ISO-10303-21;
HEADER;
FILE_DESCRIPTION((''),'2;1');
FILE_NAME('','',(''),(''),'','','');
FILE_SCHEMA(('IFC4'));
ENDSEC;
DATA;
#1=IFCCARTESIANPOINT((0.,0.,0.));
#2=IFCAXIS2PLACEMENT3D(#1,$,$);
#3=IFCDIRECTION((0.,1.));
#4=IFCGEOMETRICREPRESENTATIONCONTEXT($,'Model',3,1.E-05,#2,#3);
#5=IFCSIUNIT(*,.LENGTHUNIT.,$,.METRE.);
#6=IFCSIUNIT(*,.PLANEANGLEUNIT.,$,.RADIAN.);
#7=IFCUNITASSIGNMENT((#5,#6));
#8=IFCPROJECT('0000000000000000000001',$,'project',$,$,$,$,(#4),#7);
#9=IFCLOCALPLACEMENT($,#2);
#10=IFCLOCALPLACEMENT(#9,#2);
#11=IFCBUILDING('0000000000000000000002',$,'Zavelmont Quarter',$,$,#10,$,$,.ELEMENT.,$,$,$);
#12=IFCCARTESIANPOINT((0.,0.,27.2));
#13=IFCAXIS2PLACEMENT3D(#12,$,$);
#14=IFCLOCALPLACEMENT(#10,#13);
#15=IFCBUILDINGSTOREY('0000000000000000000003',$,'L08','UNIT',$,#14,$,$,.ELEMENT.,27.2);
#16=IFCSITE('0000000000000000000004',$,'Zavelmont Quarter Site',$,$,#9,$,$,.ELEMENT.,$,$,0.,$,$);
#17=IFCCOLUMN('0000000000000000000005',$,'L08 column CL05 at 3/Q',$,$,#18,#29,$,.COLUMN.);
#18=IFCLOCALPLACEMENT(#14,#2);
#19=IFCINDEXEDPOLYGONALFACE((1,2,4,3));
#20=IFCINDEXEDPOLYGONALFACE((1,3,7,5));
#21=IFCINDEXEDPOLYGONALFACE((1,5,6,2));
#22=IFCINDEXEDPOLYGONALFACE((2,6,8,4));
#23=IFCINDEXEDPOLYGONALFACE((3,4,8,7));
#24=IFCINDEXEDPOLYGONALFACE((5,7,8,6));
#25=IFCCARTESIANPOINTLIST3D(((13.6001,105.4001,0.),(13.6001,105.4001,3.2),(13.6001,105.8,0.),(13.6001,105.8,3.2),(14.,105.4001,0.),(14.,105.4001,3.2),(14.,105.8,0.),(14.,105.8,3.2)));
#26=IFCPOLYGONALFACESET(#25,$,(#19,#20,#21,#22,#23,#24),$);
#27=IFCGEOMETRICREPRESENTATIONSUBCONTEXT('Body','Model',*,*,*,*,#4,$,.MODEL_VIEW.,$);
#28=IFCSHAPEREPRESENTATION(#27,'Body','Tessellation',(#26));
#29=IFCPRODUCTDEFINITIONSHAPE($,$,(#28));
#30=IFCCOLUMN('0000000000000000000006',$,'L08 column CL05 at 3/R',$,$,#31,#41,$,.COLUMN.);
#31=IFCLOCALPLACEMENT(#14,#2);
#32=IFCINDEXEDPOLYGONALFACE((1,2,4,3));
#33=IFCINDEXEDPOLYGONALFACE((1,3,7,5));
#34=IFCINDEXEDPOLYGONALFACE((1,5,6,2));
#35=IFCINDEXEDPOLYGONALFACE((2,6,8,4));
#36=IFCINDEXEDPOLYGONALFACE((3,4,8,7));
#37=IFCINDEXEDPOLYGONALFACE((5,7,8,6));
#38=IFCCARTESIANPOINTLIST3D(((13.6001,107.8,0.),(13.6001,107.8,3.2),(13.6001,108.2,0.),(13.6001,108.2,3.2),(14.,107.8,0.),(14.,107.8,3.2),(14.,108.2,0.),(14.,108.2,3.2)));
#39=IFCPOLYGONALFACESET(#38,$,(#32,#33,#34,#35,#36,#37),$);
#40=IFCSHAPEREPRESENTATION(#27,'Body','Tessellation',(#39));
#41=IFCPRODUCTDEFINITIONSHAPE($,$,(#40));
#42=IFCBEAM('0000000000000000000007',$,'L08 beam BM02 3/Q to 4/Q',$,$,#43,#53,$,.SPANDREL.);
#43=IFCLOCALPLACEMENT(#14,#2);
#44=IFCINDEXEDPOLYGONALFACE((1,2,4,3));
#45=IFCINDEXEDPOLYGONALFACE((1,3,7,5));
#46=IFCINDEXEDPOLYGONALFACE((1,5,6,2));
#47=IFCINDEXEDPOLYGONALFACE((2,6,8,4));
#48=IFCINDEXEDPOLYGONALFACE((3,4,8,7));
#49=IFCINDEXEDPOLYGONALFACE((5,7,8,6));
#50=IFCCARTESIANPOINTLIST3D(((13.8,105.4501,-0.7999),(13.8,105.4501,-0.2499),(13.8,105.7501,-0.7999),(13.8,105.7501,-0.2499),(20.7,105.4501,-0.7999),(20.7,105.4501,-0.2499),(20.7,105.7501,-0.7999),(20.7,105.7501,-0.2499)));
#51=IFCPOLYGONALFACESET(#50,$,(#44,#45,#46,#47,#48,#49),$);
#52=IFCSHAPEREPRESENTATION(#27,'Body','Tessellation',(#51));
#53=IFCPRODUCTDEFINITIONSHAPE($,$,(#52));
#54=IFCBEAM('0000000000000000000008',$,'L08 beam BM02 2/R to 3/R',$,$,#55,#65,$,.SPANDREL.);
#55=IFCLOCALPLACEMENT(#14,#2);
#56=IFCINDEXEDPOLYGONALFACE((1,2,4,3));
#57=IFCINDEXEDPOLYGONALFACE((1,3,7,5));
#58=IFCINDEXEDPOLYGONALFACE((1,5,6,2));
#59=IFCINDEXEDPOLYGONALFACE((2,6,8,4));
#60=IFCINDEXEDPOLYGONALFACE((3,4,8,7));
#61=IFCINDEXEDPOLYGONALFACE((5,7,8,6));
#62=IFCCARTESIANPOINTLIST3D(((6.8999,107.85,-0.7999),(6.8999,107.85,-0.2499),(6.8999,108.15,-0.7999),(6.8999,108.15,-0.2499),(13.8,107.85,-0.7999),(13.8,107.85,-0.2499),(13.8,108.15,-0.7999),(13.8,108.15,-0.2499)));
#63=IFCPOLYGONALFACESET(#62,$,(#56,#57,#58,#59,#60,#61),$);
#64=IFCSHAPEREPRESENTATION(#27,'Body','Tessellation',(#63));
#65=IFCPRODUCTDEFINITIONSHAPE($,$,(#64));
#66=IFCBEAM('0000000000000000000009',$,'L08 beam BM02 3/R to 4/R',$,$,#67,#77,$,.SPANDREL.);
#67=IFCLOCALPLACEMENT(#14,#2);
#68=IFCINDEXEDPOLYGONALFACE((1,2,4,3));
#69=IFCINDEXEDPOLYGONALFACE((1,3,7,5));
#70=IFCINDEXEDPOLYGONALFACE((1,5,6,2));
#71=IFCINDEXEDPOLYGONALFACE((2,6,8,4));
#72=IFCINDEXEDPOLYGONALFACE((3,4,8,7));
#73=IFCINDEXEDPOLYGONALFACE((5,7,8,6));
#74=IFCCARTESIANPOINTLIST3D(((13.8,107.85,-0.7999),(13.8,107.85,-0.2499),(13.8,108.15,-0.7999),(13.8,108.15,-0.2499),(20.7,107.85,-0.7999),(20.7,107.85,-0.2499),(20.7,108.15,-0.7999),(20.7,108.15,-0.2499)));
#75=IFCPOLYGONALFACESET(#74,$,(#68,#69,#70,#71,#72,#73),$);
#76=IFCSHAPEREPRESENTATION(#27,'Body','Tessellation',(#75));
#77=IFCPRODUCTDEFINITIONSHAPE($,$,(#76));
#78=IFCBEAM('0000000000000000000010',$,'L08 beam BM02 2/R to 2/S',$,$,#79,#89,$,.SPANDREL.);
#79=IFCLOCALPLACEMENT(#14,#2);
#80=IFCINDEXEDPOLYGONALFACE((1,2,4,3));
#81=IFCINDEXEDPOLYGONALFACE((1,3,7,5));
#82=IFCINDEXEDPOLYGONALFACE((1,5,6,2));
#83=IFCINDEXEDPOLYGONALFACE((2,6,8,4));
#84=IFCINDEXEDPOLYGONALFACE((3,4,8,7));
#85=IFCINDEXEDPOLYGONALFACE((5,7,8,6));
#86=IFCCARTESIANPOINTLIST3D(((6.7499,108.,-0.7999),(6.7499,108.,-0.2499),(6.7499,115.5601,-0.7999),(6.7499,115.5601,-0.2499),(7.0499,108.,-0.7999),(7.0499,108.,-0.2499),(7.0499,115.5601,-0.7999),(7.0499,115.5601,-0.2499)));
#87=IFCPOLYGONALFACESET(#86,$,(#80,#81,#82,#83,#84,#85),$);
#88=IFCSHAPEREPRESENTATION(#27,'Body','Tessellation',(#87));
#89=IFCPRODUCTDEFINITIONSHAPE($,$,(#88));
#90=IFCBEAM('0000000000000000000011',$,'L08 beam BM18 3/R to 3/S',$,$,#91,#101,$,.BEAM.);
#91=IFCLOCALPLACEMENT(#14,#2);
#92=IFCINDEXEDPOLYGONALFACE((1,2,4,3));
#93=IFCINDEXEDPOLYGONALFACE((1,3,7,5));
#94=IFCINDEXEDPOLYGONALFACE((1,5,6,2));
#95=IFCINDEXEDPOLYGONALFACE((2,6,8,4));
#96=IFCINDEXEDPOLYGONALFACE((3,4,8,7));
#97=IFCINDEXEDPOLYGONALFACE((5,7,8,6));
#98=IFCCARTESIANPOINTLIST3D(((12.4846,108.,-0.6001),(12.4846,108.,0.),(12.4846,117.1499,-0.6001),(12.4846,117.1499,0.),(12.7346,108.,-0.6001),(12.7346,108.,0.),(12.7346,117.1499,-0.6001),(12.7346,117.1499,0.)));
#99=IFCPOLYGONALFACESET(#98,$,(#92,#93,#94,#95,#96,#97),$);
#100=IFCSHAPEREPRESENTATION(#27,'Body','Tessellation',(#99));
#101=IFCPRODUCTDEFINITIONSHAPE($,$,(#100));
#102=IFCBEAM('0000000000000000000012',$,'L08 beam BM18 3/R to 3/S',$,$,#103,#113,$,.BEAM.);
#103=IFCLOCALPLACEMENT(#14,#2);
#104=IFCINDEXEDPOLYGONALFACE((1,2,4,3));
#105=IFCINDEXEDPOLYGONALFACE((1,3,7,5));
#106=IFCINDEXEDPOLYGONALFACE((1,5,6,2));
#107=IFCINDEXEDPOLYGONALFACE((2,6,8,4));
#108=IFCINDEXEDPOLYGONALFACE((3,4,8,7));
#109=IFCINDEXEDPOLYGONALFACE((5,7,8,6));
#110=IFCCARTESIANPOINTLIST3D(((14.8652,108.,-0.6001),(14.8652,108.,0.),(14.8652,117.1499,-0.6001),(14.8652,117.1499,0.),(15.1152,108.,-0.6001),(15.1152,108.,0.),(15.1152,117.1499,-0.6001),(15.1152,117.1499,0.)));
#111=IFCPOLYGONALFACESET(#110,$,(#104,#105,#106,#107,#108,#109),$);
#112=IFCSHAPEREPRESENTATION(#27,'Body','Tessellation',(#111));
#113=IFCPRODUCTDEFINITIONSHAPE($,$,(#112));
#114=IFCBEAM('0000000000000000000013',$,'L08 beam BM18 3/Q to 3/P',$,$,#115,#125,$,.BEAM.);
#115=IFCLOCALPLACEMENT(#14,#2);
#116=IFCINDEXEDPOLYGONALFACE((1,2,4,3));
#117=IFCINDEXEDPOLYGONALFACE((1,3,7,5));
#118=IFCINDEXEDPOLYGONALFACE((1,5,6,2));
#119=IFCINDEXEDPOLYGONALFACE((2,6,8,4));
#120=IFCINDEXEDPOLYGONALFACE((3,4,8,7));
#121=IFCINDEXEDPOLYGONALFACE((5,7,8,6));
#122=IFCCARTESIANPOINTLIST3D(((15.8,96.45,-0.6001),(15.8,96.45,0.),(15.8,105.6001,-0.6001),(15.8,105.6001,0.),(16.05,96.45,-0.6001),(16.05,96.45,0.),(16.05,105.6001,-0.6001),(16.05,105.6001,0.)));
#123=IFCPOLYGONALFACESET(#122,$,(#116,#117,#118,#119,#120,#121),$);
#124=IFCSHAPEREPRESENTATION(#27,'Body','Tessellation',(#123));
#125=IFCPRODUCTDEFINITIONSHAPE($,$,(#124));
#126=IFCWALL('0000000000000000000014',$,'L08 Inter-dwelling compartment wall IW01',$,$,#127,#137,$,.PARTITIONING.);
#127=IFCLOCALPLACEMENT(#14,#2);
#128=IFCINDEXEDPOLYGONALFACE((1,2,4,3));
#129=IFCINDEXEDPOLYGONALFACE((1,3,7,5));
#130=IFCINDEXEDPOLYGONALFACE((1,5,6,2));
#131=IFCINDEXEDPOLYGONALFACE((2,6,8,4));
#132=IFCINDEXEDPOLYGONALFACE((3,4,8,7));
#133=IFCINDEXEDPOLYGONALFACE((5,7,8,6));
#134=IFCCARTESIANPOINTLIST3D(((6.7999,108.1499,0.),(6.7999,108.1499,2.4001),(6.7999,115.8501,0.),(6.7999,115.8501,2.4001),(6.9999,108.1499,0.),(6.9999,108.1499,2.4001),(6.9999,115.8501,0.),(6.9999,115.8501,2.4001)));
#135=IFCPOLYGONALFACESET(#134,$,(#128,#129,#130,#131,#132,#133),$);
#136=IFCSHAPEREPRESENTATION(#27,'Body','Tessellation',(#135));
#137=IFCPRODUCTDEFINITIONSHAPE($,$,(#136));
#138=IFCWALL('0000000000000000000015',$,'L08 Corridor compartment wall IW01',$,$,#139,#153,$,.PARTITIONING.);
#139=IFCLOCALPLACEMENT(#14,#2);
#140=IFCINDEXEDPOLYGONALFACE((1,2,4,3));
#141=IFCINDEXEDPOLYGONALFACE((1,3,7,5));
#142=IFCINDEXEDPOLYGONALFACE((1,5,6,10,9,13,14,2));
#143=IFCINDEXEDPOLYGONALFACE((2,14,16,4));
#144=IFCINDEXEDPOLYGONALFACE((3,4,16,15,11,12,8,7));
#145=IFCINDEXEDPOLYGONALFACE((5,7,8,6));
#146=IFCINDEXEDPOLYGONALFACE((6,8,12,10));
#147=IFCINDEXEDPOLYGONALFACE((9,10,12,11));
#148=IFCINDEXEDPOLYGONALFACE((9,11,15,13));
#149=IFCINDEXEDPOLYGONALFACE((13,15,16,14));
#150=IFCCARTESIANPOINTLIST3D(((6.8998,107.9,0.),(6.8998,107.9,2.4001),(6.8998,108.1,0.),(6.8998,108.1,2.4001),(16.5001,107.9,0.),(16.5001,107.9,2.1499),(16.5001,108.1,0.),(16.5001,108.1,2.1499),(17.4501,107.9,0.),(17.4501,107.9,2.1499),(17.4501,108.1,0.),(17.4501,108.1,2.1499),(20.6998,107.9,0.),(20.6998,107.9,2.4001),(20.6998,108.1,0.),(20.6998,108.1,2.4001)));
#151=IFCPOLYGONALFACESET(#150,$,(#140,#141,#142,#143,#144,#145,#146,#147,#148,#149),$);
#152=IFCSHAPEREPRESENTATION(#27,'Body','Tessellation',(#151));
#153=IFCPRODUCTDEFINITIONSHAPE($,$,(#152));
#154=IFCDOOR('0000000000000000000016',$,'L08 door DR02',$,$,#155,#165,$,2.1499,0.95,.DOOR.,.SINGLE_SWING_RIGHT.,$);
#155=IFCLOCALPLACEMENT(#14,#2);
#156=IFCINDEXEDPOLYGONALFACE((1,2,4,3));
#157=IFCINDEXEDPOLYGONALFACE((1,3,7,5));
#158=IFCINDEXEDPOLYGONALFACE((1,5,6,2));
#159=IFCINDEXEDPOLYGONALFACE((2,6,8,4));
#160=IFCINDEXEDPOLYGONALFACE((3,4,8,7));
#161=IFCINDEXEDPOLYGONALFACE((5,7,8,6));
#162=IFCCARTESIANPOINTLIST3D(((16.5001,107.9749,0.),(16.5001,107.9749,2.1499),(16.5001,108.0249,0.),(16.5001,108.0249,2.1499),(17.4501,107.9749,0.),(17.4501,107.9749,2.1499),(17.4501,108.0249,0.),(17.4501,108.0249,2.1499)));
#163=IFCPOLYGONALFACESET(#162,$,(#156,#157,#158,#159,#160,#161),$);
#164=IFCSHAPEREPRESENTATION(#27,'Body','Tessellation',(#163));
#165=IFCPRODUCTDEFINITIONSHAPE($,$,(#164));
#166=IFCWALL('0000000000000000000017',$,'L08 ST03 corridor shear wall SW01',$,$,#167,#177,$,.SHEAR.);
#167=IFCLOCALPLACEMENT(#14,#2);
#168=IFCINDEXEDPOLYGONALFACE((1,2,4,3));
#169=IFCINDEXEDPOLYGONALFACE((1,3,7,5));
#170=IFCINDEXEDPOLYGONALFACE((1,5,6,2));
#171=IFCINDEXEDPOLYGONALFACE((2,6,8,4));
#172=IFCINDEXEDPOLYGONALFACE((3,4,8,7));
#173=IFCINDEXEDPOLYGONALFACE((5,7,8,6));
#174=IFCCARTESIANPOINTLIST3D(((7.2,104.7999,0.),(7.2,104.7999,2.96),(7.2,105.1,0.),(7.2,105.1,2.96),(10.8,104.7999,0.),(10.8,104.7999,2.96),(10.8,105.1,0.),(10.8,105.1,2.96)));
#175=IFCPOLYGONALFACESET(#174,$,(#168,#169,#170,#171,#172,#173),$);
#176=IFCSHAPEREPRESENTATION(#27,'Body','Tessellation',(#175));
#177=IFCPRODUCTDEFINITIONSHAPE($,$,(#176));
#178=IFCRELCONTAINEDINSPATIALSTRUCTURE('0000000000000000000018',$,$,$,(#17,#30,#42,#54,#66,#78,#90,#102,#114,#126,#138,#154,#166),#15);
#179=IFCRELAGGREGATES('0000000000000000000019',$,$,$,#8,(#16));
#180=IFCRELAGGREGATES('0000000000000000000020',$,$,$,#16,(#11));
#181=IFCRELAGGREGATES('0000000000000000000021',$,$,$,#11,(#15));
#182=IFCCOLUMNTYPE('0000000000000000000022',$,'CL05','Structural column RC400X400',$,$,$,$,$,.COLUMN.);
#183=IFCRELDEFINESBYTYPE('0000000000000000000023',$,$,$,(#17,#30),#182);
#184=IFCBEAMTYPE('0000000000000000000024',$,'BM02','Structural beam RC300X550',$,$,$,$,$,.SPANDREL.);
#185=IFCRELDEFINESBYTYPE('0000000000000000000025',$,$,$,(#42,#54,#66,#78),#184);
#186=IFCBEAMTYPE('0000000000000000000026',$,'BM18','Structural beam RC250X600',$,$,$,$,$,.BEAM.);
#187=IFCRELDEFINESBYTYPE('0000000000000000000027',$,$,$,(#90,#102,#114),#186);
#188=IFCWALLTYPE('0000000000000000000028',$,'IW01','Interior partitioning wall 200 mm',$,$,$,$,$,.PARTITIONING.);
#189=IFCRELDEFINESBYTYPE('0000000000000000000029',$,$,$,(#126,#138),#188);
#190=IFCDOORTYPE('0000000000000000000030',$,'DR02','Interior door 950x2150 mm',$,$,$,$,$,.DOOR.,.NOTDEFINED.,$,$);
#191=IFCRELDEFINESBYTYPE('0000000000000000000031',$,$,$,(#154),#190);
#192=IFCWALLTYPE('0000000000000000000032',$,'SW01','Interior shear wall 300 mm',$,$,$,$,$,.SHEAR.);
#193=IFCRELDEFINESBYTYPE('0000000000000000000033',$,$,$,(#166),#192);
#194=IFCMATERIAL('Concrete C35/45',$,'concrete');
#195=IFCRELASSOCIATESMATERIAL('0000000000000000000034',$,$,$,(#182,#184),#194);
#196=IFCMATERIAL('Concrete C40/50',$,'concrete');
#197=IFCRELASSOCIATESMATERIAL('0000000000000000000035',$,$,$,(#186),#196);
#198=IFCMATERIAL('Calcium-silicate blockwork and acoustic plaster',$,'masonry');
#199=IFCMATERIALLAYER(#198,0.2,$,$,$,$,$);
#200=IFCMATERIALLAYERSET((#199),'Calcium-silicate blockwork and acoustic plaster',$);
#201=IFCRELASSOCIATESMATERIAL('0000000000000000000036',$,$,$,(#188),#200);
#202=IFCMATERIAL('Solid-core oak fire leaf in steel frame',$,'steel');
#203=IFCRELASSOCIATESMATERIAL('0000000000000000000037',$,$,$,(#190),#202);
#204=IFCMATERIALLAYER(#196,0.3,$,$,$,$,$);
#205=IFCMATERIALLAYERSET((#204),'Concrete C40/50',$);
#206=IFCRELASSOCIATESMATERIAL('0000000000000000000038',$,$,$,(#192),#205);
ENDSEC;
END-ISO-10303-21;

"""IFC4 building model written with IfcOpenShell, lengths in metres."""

from ifc_helpers import new_model, si_unit, direction, frame, frame_2d, origin, origin_with_axes, origin_2d, place, context, subcontext, project, spatial, rectangle, extrude, material, layer, layer_set, material_profile, profile_set, type_object, element, fill, save


model = new_model("IFC4")

# Units and contexts
model_context = context("Model", 3, precision=1e-05, world=origin(), true_north=direction((0.0, 1.0)))
body_context = subcontext(model_context, "Body", "Model", "MODEL_VIEW")
ifc_project = project(units=[si_unit("LENGTHUNIT", "METRE"), si_unit("PLANEANGLEUNIT", "RADIAN")], contexts=[model_context])

# Site, building, storey
site_placement = place(None, origin())
site = spatial("IfcSite", under=ifc_project, at=site_placement, Name="Zavelmont Quarter Site", CompositionType="ELEMENT", RefElevation=0.0)
building_placement = place(site_placement, origin())
building = spatial("IfcBuilding", under=site, at=building_placement, Name="Zavelmont Quarter", CompositionType="ELEMENT")
storey_placement = place(building_placement, frame((0.0, 0.0, 27.2)))
storey = spatial("IfcBuildingStorey", under=building, at=storey_placement, Name="L08", Description="UNIT", CompositionType="ELEMENT", Elevation=27.2)

# Columns
ifc_material_1 = material(Name="Concrete C35/45", Category="concrete")
ifc_material_profile_1 = material_profile(ifc_material_1, rectangle(XDim=0.3999, YDim=0.3999, at=origin_2d()), Name="RC400X400")
ifc_profile_set_1 = profile_set([ifc_material_profile_1], Name="Concrete C35/45")
column_type = type_object("IfcColumnType", Name="CL05", Description="Structural column RC400X400", PredefinedType="COLUMN", material=ifc_profile_set_1)
for number, where, z_axis, x_axis, name in (
    (1, (13.8, 105.6001, 0.0), (0.0, 0.0, 1.0), (1.0, 0.0, 0.0), "L08 column CL05 at 3/Q"),
    (2, (13.8, 108.0, 0.0), (0.0, 0.0, 1.0), (1.0, 0.0, 0.0), "L08 column CL05 at 3/R"),
):
    element("IfcColumn", number, at=place(storey_placement, frame(where, z_axis=z_axis, x_axis=x_axis)), inside=storey, type_object=column_type, Name=name, PredefinedType="COLUMN", context=body_context, shape_type="SweptSolid", body=[
        extrude(rectangle(XDim=0.3999, YDim=0.3999, at=origin_2d()), origin(), (0.0, 0.0, 1.0), 3.2),
    ])

# Beams
ifc_material_profile_2 = material_profile(ifc_material_1, rectangle(XDim=0.3, YDim=0.55, at=origin_2d()), Name="RC300X550")
ifc_profile_set_2 = profile_set([ifc_material_profile_2], Name="Concrete C35/45")
beam_type_1 = type_object("IfcBeamType", Name="BM02", Description="Structural beam RC300X550", PredefinedType="SPANDREL", material=ifc_profile_set_2)
beam_1_placement = place(storey_placement, frame((13.8, 105.6001, -0.5249), z_axis=(1.0, 0.0, 0.0), x_axis=(0.0, 1.0, 0.0)))
element("IfcBeam", 3, at=beam_1_placement, inside=storey, type_object=beam_type_1, Name="L08 beam BM02 3/Q to 4/Q", PredefinedType="SPANDREL", context=body_context, shape_type="SweptSolid", body=[
    extrude(rectangle(XDim=0.3, YDim=0.55, at=origin_2d()), origin(), (0.0, 0.0, 1.0), 6.8999),
])
beam_2_placement = place(storey_placement, frame((6.8999, 108.0, -0.5249), z_axis=(1.0, 0.0, 0.0), x_axis=(0.0, 1.0, 0.0)))
element("IfcBeam", 4, at=beam_2_placement, inside=storey, type_object=beam_type_1, Name="L08 beam BM02 2/R to 3/R", PredefinedType="SPANDREL", context=body_context, shape_type="SweptSolid", body=[
    extrude(rectangle(XDim=0.3, YDim=0.55, at=origin_2d()), origin(), (0.0, 0.0, 1.0), 6.9001),
])
beam_3_placement = place(storey_placement, frame((13.8, 108.0, -0.5249), z_axis=(1.0, 0.0, 0.0), x_axis=(0.0, 1.0, 0.0)))
element("IfcBeam", 5, at=beam_3_placement, inside=storey, type_object=beam_type_1, Name="L08 beam BM02 3/R to 4/R", PredefinedType="SPANDREL", context=body_context, shape_type="SweptSolid", body=[
    extrude(rectangle(XDim=0.3, YDim=0.55, at=origin_2d()), origin(), (0.0, 0.0, 1.0), 6.8999),
])
beam_4_placement = place(storey_placement, frame((6.8999, 108.0, -0.5249), z_axis=(0.0, 1.0, 0.0), x_axis=(-1.0, 0.0, 0.0)))
element("IfcBeam", 6, at=beam_4_placement, inside=storey, type_object=beam_type_1, Name="L08 beam BM02 2/R to 2/S", PredefinedType="SPANDREL", context=body_context, shape_type="SweptSolid", body=[
    extrude(rectangle(XDim=0.3, YDim=0.55, at=origin_2d()), origin(), (0.0, 0.0, 1.0), 7.5601),
])
ifc_material_2 = material(Name="Concrete C40/50", Category="concrete")
ifc_material_profile_3 = material_profile(ifc_material_2, rectangle(XDim=0.25, YDim=0.6001, at=origin_2d()), Name="RC250X600")
ifc_profile_set_3 = profile_set([ifc_material_profile_3], Name="Concrete C40/50")
beam_type_2 = type_object("IfcBeamType", Name="BM18", Description="Structural beam RC250X600", PredefinedType="BEAM", material=ifc_profile_set_3)
for number, where, z_axis, x_axis, name in (
    (7, (12.6096, 108.0, -0.3), (0.0, 1.0, 0.0), (-1.0, 0.0, 0.0), "L08 beam BM18 3/R to 3/S"),
    (8, (14.9902, 108.0, -0.3), (0.0, 1.0, 0.0), (-1.0, 0.0, 0.0), "L08 beam BM18 3/R to 3/S"),
):
    element("IfcBeam", number, at=place(storey_placement, frame(where, z_axis=z_axis, x_axis=x_axis)), inside=storey, type_object=beam_type_2, Name=name, PredefinedType="BEAM", context=body_context, shape_type="SweptSolid", body=[
        extrude(rectangle(XDim=0.25, YDim=0.6001, at=origin_2d()), origin(), (0.0, 0.0, 1.0), 9.1499),
    ])
beam_5_placement = place(storey_placement, frame((15.925, 105.6001, -0.3), z_axis=(0.0, -1.0, 0.0), x_axis=(1.0, 0.0, 0.0)))
element("IfcBeam", 9, at=beam_5_placement, inside=storey, type_object=beam_type_2, Name="L08 beam BM18 3/Q to 3/P", PredefinedType="BEAM", context=body_context, shape_type="SweptSolid", body=[
    extrude(rectangle(XDim=0.25, YDim=0.6001, at=origin_2d()), origin(), (0.0, 0.0, 1.0), 9.1501),
])

# Wall
ifc_material_3 = material(Name="Calcium-silicate blockwork and acoustic plaster", Category="masonry")
ifc_layer_1 = layer(ifc_material_3, 0.2)
ifc_layer_set_1 = layer_set([ifc_layer_1], Name="Calcium-silicate blockwork and acoustic plaster")
wall_type_1 = type_object("IfcWallType", Name="IW01", Description="Interior partitioning wall 200 mm", PredefinedType="PARTITIONING", material=ifc_layer_set_1)
wall_1_placement = place(storey_placement, frame((6.8999, 108.1499, 0.0), z_axis=(0.0, 0.0, 1.0), x_axis=(0.0, 1.0, 0.0)))
element("IfcWall", 10, at=wall_1_placement, inside=storey, type_object=wall_type_1, Name="L08 Inter-dwelling compartment wall IW01", PredefinedType="PARTITIONING", context=body_context, shape_type="SweptSolid", body=[
    extrude(rectangle(XDim=7.7002, YDim=0.2, at=frame_2d((3.8501, 0.0))), origin(), (0.0, 0.0, 1.0), 2.4001),
])

# Wall, opening, door
wall_2_placement = place(storey_placement, frame((6.8999, 108.0, 0.0), z_axis=(0.0, 0.0, 1.0), x_axis=(1.0, 0.0, 0.0)))
wall_2 = element("IfcWall", 11, at=wall_2_placement, inside=storey, type_object=wall_type_1, Name="L08 Corridor compartment wall IW01", PredefinedType="PARTITIONING", context=body_context, shape_type="SweptSolid", body=[
    extrude(rectangle(XDim=13.8, YDim=0.2, at=frame_2d((6.8999, 0.0))), origin(), (0.0, 0.0, 1.0), 2.4001),
])
opening_1_placement = place(wall_2_placement, frame((9.6001, 0.0, 0.0)))
opening_1 = element("IfcOpeningElement", 12, at=opening_1_placement, cuts=wall_2, PredefinedType="OPENING", context=body_context, shape_type="SweptSolid", body=[
    extrude(rectangle(XDim=0.95, YDim=2.1499, at=frame_2d((0.4751, 1.075))), frame((0.0, 0.1118, 0.0), z_axis=(0.0, -1.0, 0.0), x_axis=(1.0, 0.0, 0.0)), (0.0, 0.0, 1.0), 0.2239),
])
ifc_material_4 = material(Name="Solid-core oak fire leaf in steel frame", Category="steel")
door_type_1 = type_object("IfcDoorType", Name="DR02", Description="Interior door 950x2150 mm", OperationType="NOTDEFINED", PredefinedType="DOOR", material=ifc_material_4)
door_1_placement = place(opening_1_placement, origin_with_axes())
door_1 = element("IfcDoor", 13, at=door_1_placement, inside=storey, type_object=door_type_1, Name="L08 door DR02", OperationType="SINGLE_SWING_RIGHT", OverallHeight=2.1499, OverallWidth=0.95, PredefinedType="DOOR", context=body_context, shape_type="SweptSolid", body=[
    extrude(rectangle(XDim=0.95, YDim=2.1499, at=frame_2d((0.4751, 1.075))), frame((0.0, 0.0249, 0.0), z_axis=(0.0, -1.0, 0.0), x_axis=(1.0, 0.0, 0.0)), (0.0, 0.0, 1.0), 0.05),
])
fill(opening_1, door_1)

# Wall
ifc_layer_2 = layer(ifc_material_2, 0.3)
ifc_layer_set_2 = layer_set([ifc_layer_2], Name="Concrete C40/50")
wall_type_2 = type_object("IfcWallType", Name="SW01", Description="Interior shear wall 300 mm", PredefinedType="SHEAR", material=ifc_layer_set_2)
wall_3_placement = place(storey_placement, frame((7.2, 104.95, 0.0), z_axis=(0.0, 0.0, 1.0), x_axis=(1.0, 0.0, 0.0)))
element("IfcWall", 14, at=wall_3_placement, inside=storey, type_object=wall_type_2, Name="L08 ST03 corridor shear wall SW01", PredefinedType="SHEAR", context=body_context, shape_type="SweptSolid", body=[
    extrude(rectangle(XDim=3.6001, YDim=0.3, at=frame_2d((1.8, 0.0))), origin(), (0.0, 0.0, 1.0), 2.96),
])

save(model, "model.ifc")
